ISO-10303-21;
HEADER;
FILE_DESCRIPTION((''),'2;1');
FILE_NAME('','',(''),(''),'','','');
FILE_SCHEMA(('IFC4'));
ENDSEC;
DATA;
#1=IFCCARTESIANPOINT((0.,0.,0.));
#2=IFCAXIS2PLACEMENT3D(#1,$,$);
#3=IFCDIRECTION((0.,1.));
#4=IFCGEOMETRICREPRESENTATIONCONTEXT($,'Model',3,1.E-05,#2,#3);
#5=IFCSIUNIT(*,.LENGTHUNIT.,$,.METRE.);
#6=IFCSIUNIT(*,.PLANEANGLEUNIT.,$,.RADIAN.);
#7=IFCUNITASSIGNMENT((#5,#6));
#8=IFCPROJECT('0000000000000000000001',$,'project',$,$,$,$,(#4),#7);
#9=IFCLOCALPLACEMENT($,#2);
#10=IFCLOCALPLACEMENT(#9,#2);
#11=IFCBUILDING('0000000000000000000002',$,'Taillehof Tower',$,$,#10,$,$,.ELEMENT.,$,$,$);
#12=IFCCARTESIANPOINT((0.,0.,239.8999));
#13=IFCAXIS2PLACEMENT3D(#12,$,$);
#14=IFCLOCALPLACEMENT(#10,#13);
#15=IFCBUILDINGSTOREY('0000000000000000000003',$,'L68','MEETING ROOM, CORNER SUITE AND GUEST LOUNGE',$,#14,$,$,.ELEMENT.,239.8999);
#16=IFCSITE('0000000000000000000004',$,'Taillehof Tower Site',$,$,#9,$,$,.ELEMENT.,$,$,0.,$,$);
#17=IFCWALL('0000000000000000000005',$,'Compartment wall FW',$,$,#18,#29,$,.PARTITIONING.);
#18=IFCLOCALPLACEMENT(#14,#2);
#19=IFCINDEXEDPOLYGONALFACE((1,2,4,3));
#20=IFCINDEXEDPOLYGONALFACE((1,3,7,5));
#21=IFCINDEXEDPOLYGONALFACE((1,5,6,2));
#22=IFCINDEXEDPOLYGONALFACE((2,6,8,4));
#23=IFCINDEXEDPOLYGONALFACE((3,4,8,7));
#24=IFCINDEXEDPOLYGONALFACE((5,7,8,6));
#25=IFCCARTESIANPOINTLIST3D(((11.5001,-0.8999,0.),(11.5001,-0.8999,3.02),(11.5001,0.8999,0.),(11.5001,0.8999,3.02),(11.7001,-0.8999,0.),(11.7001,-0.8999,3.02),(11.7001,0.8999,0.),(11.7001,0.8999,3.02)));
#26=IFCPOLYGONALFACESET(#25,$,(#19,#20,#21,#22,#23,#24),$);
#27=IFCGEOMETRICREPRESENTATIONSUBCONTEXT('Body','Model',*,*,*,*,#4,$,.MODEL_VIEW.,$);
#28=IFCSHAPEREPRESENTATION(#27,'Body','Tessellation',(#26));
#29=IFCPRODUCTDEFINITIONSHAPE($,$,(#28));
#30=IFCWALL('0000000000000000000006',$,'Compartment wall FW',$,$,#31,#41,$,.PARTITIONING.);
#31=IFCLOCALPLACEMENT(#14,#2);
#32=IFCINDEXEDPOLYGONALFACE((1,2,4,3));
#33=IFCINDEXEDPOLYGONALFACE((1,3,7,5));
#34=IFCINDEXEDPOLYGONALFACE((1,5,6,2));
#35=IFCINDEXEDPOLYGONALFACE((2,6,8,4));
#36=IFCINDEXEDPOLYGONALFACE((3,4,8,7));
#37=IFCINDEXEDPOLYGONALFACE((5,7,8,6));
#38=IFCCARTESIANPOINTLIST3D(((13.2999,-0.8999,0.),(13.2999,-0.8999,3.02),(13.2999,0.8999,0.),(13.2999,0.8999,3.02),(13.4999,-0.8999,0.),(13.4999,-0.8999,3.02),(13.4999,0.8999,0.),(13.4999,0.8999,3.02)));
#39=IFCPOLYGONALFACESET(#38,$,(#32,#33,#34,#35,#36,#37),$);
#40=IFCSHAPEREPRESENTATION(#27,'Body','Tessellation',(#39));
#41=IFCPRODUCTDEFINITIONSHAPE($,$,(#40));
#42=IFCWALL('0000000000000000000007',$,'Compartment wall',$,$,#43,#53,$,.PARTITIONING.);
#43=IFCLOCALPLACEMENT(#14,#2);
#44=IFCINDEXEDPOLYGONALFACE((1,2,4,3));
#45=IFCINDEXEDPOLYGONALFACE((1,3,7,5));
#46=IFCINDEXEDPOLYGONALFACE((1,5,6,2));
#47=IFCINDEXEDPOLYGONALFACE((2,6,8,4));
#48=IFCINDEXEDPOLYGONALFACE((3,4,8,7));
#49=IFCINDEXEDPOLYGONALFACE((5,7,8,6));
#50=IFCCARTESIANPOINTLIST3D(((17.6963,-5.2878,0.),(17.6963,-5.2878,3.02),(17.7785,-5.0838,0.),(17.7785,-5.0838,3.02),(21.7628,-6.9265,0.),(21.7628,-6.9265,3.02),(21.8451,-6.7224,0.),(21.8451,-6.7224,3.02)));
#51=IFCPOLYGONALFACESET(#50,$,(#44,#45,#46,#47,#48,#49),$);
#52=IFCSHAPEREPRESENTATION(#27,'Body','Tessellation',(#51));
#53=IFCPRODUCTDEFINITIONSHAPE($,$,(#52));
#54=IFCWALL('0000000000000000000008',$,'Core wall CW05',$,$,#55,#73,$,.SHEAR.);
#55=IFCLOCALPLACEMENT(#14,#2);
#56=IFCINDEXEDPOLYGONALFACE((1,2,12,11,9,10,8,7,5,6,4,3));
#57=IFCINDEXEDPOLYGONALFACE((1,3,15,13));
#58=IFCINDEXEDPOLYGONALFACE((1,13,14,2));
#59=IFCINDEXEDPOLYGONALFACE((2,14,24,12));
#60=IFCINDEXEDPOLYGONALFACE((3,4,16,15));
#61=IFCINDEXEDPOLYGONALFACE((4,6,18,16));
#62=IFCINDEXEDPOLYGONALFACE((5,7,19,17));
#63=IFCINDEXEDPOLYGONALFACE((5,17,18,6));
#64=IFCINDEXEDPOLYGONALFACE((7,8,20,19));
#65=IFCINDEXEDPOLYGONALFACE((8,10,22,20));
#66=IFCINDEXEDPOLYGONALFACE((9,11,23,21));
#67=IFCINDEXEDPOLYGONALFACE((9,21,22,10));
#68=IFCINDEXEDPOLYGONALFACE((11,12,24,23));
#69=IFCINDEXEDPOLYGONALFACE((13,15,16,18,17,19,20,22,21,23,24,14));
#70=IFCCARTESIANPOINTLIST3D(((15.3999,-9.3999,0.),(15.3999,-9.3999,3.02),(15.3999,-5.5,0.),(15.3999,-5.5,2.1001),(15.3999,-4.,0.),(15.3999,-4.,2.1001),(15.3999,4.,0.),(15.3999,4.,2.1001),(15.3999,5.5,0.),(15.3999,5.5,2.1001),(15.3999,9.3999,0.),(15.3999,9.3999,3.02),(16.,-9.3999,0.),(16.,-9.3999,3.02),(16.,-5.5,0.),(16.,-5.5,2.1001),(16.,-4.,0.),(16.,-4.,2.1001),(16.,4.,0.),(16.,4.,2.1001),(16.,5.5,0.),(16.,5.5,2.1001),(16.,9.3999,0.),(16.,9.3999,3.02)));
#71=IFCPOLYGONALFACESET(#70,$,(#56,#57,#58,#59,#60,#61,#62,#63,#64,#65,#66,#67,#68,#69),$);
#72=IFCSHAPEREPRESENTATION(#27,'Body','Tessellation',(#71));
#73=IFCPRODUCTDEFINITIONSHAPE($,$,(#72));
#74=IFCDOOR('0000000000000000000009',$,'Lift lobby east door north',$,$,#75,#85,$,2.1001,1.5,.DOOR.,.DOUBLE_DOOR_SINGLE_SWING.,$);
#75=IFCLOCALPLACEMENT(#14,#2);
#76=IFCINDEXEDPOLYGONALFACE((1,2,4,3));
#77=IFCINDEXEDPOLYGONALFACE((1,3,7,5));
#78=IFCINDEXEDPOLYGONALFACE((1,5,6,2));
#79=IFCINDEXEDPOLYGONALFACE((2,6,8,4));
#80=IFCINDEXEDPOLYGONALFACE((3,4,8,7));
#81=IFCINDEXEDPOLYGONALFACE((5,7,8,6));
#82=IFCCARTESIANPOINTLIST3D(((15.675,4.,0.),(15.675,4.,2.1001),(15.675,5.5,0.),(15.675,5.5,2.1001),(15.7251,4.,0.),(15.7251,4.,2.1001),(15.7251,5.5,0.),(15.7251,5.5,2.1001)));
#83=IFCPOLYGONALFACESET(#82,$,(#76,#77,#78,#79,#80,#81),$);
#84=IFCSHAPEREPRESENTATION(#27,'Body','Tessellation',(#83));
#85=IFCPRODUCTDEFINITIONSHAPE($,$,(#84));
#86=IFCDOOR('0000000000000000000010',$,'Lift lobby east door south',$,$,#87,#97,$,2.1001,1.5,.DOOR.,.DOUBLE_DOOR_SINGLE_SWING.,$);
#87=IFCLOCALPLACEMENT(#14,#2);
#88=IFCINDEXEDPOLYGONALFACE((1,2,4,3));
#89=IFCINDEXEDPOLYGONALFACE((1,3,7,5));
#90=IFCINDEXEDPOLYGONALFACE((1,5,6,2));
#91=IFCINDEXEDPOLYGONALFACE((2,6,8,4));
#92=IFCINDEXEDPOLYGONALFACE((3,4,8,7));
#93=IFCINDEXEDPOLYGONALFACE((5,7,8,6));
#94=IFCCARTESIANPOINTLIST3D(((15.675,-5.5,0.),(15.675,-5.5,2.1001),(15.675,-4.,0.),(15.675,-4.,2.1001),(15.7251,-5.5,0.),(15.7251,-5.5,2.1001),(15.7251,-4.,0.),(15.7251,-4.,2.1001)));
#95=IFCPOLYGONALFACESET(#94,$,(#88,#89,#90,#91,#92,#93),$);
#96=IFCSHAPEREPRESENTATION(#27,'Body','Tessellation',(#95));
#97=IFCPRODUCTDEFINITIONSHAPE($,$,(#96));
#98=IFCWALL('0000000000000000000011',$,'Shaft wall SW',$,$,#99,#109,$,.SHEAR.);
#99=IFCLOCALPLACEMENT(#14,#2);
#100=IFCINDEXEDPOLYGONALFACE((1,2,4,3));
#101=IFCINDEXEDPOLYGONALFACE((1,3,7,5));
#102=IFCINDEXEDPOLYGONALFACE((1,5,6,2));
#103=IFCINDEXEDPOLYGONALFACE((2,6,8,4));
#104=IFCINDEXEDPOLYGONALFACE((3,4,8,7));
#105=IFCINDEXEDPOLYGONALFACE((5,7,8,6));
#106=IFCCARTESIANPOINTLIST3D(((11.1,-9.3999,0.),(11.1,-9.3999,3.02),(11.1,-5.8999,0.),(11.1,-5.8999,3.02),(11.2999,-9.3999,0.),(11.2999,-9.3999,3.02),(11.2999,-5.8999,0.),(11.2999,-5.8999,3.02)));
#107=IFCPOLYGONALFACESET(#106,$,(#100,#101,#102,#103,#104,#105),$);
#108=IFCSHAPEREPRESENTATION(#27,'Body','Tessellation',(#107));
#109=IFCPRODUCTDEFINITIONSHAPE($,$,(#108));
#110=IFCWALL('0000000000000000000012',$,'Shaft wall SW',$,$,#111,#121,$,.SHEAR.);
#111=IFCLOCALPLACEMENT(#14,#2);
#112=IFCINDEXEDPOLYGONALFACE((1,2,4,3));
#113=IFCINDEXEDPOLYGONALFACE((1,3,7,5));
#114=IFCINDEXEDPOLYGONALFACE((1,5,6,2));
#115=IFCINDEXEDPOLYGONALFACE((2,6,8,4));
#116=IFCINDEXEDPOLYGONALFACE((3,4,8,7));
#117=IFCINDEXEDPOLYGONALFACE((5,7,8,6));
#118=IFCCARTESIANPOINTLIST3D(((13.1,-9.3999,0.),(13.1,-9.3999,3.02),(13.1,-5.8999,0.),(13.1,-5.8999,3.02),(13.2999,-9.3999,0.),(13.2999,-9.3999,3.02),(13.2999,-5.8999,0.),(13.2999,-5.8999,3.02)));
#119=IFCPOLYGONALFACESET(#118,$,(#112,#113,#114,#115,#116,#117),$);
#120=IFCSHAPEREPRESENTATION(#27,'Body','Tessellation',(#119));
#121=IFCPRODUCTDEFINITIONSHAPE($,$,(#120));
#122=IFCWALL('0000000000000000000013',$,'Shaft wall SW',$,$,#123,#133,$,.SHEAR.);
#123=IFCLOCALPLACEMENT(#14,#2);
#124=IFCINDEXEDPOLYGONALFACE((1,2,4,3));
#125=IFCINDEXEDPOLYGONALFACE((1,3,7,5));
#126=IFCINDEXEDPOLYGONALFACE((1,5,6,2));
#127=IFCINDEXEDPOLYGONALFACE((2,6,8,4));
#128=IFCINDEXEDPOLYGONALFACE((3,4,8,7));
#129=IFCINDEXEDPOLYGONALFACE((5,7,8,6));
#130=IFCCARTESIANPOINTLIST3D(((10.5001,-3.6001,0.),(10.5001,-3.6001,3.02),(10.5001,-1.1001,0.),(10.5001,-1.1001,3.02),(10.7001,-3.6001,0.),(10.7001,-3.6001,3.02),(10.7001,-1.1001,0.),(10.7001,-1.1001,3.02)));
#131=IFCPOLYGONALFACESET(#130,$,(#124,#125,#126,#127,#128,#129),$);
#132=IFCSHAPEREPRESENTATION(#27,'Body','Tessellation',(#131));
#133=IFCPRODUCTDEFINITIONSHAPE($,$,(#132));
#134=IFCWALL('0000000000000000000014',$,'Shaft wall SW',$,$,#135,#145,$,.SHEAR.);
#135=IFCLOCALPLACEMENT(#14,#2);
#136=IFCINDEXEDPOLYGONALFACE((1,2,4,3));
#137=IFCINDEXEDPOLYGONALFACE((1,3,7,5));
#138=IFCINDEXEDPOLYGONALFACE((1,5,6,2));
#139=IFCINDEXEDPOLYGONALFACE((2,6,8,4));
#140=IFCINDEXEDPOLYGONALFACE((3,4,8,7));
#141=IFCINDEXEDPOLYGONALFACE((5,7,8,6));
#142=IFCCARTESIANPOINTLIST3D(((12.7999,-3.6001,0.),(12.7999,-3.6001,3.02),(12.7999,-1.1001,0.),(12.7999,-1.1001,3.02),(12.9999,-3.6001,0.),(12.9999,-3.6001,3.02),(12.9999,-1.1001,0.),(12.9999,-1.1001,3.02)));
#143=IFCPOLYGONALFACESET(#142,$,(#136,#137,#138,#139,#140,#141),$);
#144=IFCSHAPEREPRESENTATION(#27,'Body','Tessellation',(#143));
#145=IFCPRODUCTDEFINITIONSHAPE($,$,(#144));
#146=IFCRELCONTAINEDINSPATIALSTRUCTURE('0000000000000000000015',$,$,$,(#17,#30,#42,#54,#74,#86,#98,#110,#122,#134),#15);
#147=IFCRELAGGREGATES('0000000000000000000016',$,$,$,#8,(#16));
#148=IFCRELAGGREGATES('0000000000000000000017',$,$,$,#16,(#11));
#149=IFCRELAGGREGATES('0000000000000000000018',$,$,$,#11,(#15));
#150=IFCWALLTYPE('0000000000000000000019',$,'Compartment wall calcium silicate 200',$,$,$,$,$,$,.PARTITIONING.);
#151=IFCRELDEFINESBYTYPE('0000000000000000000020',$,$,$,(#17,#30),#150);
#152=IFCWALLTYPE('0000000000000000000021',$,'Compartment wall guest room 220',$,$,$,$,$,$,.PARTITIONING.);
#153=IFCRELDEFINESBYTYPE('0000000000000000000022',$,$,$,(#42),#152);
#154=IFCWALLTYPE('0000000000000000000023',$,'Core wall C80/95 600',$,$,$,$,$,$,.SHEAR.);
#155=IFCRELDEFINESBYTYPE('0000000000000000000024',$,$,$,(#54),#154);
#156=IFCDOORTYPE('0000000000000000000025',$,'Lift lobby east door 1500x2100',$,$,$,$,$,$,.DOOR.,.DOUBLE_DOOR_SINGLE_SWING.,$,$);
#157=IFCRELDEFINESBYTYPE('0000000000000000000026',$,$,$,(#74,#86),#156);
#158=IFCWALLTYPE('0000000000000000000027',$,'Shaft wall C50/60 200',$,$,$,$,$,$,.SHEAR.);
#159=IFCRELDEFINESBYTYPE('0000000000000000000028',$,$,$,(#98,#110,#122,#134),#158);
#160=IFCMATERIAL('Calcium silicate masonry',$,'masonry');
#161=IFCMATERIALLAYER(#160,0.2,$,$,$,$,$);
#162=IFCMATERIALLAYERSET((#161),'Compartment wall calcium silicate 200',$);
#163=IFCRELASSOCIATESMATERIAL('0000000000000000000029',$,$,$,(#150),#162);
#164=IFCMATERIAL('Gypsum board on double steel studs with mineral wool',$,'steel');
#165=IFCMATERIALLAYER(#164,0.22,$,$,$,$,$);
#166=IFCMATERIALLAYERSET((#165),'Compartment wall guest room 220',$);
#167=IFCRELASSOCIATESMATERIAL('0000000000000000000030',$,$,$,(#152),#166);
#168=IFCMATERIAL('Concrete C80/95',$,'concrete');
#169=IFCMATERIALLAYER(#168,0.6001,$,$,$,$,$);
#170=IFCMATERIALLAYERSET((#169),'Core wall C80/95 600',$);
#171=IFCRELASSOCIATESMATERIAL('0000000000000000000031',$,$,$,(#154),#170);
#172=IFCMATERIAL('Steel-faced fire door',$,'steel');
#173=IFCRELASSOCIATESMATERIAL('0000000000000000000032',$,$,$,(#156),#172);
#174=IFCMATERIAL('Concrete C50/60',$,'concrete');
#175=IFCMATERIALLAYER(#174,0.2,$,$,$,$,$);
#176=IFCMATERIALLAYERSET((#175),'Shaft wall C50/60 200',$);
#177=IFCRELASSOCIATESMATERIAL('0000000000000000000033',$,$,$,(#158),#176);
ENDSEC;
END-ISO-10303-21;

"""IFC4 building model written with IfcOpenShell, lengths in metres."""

from ifc_helpers import new_model, si_unit, direction, frame, frame_2d, origin, place, context, subcontext, project, spatial, rectangle, extrude, material, layer, layer_set, type_object, element, fill, save


model = new_model("IFC4")

# Units and contexts
model_context = context("Model", 3, precision=1e-05, world=origin(), true_north=direction((0.0, 1.0)))
body_context = subcontext(model_context, "Body", "Model", "MODEL_VIEW")
ifc_project = project(units=[si_unit("LENGTHUNIT", "METRE"), si_unit("PLANEANGLEUNIT", "RADIAN")], contexts=[model_context])

# Site, building, storey
site_placement = place(None, origin())
site = spatial("IfcSite", under=ifc_project, at=site_placement, Name="Taillehof Tower Site", CompositionType="ELEMENT", RefElevation=0.0)
building_placement = place(site_placement, origin())
building = spatial("IfcBuilding", under=site, at=building_placement, Name="Taillehof Tower", CompositionType="ELEMENT")
storey_placement = place(building_placement, frame((0.0, 0.0, 239.8999)))
storey = spatial("IfcBuildingStorey", under=building, at=storey_placement, Name="L68", Description="MEETING ROOM, CORNER SUITE AND GUEST LOUNGE", CompositionType="ELEMENT", Elevation=239.8999)

# Walls
ifc_material_1 = material(Name="Calcium silicate masonry", Category="masonry")
ifc_layer_1 = layer(ifc_material_1, 0.2)
ifc_layer_set_1 = layer_set([ifc_layer_1], Name="Compartment wall calcium silicate 200")
wall_type_1 = type_object("IfcWallType", Name="Compartment wall calcium silicate 200", PredefinedType="PARTITIONING", material=ifc_layer_set_1)
for number, where, z_axis, x_axis, name in (
    (1, (11.6001, -0.8999, 0.0), (0.0, 0.0, 1.0), (0.0, 1.0, 0.0), "Compartment wall FW"),
    (2, (13.3999, -0.8999, 0.0), (0.0, 0.0, 1.0), (0.0, 1.0, 0.0), "Compartment wall FW"),
):
    element("IfcWall", number, at=place(storey_placement, frame(where, z_axis=z_axis, x_axis=x_axis)), inside=storey, type_object=wall_type_1, Name=name, PredefinedType="PARTITIONING", context=body_context, shape_type="SweptSolid", body=[
        extrude(rectangle(XDim=1.7998, YDim=0.2, at=frame_2d((0.8999, 0.0))), origin(), (0.0, 0.0, 1.0), 3.02),
    ])
ifc_material_2 = material(Name="Gypsum board on double steel studs with mineral wool", Category="steel")
ifc_layer_2 = layer(ifc_material_2, 0.22)
ifc_layer_set_2 = layer_set([ifc_layer_2], Name="Compartment wall guest room 220")
wall_type_2 = type_object("IfcWallType", Name="Compartment wall guest room 220", PredefinedType="PARTITIONING", material=ifc_layer_set_2)
wall_1_placement = place(storey_placement, frame((21.804, -6.8245, 0.0), z_axis=(0.0, 0.0, 1.0), x_axis=(-0.927529, 0.373751, 0.0)))
element("IfcWall", 3, at=wall_1_placement, inside=storey, type_object=wall_type_2, Name="Compartment wall", PredefinedType="PARTITIONING", context=body_context, shape_type="SweptSolid", body=[
    extrude(rectangle(XDim=4.3843, YDim=0.22, at=frame_2d((2.1921, 0.0))), origin(), (0.0, 0.0, 1.0), 3.02),
])

# Wall, openings, doors
ifc_material_3 = material(Name="Concrete C80/95", Category="concrete")
ifc_layer_3 = layer(ifc_material_3, 0.6001)
ifc_layer_set_3 = layer_set([ifc_layer_3], Name="Core wall C80/95 600")
wall_type_3 = type_object("IfcWallType", Name="Core wall C80/95 600", PredefinedType="SHEAR", material=ifc_layer_set_3)
wall_2_placement = place(storey_placement, frame((15.7, -9.3999, 0.0), z_axis=(0.0, 0.0, 1.0), x_axis=(0.0, 1.0, 0.0)))
wall_2 = element("IfcWall", 4, at=wall_2_placement, inside=storey, type_object=wall_type_3, Name="Core wall CW05", PredefinedType="SHEAR", context=body_context, shape_type="SweptSolid", body=[
    extrude(rectangle(XDim=18.7998, YDim=0.6001, at=frame_2d((9.3999, 0.0))), origin(), (0.0, 0.0, 1.0), 3.02),
])
opening_1_placement = place(wall_2_placement, frame((13.3999, 0.0, 0.0)))
opening_1 = element("IfcOpeningElement", 5, at=opening_1_placement, cuts=wall_2, PredefinedType="OPENING", context=body_context, shape_type="SweptSolid", body=[
    extrude(rectangle(XDim=1.5, YDim=2.1001, at=frame_2d((0.75, 1.05))), frame((0.0, 0.3101, 0.0), z_axis=(0.0, -1.0, 0.0), x_axis=(1.0, 0.0, 0.0)), (0.0, 0.0, 1.0), 0.6201),
])
opening_2_placement = place(wall_2_placement, frame((3.8999, 0.0, 0.0)))
opening_2 = element("IfcOpeningElement", 6, at=opening_2_placement, cuts=wall_2, PredefinedType="OPENING", context=body_context, shape_type="SweptSolid", body=[
    extrude(rectangle(XDim=1.5, YDim=2.1001, at=frame_2d((0.75, 1.05))), frame((0.0, 0.3101, 0.0), z_axis=(0.0, -1.0, 0.0), x_axis=(1.0, 0.0, 0.0)), (0.0, 0.0, 1.0), 0.6201),
])
ifc_material_4 = material(Name="Steel-faced fire door", Category="steel")
door_type = type_object("IfcDoorType", Name="Lift lobby east door 1500x2100", OperationType="DOUBLE_DOOR_SINGLE_SWING", PredefinedType="DOOR", material=ifc_material_4)
door_1_placement = place(opening_1_placement, origin())
door_1 = element("IfcDoor", 7, at=door_1_placement, inside=storey, type_object=door_type, Name="Lift lobby east door north", OperationType="DOUBLE_DOOR_SINGLE_SWING", OverallHeight=2.1001, OverallWidth=1.5, PredefinedType="DOOR", context=body_context, shape_type="SweptSolid", body=[
    extrude(rectangle(XDim=1.5, YDim=2.1001, at=frame_2d((0.75, 1.05))), frame((0.0, 0.0249, 0.0), z_axis=(0.0, -1.0, 0.0), x_axis=(1.0, 0.0, 0.0)), (0.0, 0.0, 1.0), 0.05),
])
fill(opening_1, door_1)
door_2_placement = place(opening_2_placement, origin())
door_2 = element("IfcDoor", 8, at=door_2_placement, inside=storey, type_object=door_type, Name="Lift lobby east door south", OperationType="DOUBLE_DOOR_SINGLE_SWING", OverallHeight=2.1001, OverallWidth=1.5, PredefinedType="DOOR", context=body_context, shape_type="SweptSolid", body=[
    extrude(rectangle(XDim=1.5, YDim=2.1001, at=frame_2d((0.75, 1.05))), frame((0.0, 0.0249, 0.0), z_axis=(0.0, -1.0, 0.0), x_axis=(1.0, 0.0, 0.0)), (0.0, 0.0, 1.0), 0.05),
])
fill(opening_2, door_2)

# Walls
ifc_material_5 = material(Name="Concrete C50/60", Category="concrete")
ifc_layer_4 = layer(ifc_material_5, 0.2)
ifc_layer_set_4 = layer_set([ifc_layer_4], Name="Shaft wall C50/60 200")
wall_type_4 = type_object("IfcWallType", Name="Shaft wall C50/60 200", PredefinedType="SHEAR", material=ifc_layer_set_4)
for number, where, z_axis, x_axis, name in (
    (9, (11.2, -9.3999, 0.0), (0.0, 0.0, 1.0), (0.0, 1.0, 0.0), "Shaft wall SW"),
    (10, (13.2, -9.3999, 0.0), (0.0, 0.0, 1.0), (0.0, 1.0, 0.0), "Shaft wall SW"),
):
    element("IfcWall", number, at=place(storey_placement, frame(where, z_axis=z_axis, x_axis=x_axis)), inside=storey, type_object=wall_type_4, Name=name, PredefinedType="SHEAR", context=body_context, shape_type="SweptSolid", body=[
        extrude(rectangle(XDim=3.5, YDim=0.2, at=frame_2d((1.75, 0.0))), origin(), (0.0, 0.0, 1.0), 3.02),
    ])
for number, where, z_axis, x_axis, name in (
    (11, (10.6001, -3.6001, 0.0), (0.0, 0.0, 1.0), (0.0, 1.0, 0.0), "Shaft wall SW"),
    (12, (12.8999, -3.6001, 0.0), (0.0, 0.0, 1.0), (0.0, 1.0, 0.0), "Shaft wall SW"),
):
    element("IfcWall", number, at=place(storey_placement, frame(where, z_axis=z_axis, x_axis=x_axis)), inside=storey, type_object=wall_type_4, Name=name, PredefinedType="SHEAR", context=body_context, shape_type="SweptSolid", body=[
        extrude(rectangle(XDim=2.5, YDim=0.2, at=frame_2d((1.25, 0.0))), origin(), (0.0, 0.0, 1.0), 3.02),
    ])

save(model, "model.ifc")
